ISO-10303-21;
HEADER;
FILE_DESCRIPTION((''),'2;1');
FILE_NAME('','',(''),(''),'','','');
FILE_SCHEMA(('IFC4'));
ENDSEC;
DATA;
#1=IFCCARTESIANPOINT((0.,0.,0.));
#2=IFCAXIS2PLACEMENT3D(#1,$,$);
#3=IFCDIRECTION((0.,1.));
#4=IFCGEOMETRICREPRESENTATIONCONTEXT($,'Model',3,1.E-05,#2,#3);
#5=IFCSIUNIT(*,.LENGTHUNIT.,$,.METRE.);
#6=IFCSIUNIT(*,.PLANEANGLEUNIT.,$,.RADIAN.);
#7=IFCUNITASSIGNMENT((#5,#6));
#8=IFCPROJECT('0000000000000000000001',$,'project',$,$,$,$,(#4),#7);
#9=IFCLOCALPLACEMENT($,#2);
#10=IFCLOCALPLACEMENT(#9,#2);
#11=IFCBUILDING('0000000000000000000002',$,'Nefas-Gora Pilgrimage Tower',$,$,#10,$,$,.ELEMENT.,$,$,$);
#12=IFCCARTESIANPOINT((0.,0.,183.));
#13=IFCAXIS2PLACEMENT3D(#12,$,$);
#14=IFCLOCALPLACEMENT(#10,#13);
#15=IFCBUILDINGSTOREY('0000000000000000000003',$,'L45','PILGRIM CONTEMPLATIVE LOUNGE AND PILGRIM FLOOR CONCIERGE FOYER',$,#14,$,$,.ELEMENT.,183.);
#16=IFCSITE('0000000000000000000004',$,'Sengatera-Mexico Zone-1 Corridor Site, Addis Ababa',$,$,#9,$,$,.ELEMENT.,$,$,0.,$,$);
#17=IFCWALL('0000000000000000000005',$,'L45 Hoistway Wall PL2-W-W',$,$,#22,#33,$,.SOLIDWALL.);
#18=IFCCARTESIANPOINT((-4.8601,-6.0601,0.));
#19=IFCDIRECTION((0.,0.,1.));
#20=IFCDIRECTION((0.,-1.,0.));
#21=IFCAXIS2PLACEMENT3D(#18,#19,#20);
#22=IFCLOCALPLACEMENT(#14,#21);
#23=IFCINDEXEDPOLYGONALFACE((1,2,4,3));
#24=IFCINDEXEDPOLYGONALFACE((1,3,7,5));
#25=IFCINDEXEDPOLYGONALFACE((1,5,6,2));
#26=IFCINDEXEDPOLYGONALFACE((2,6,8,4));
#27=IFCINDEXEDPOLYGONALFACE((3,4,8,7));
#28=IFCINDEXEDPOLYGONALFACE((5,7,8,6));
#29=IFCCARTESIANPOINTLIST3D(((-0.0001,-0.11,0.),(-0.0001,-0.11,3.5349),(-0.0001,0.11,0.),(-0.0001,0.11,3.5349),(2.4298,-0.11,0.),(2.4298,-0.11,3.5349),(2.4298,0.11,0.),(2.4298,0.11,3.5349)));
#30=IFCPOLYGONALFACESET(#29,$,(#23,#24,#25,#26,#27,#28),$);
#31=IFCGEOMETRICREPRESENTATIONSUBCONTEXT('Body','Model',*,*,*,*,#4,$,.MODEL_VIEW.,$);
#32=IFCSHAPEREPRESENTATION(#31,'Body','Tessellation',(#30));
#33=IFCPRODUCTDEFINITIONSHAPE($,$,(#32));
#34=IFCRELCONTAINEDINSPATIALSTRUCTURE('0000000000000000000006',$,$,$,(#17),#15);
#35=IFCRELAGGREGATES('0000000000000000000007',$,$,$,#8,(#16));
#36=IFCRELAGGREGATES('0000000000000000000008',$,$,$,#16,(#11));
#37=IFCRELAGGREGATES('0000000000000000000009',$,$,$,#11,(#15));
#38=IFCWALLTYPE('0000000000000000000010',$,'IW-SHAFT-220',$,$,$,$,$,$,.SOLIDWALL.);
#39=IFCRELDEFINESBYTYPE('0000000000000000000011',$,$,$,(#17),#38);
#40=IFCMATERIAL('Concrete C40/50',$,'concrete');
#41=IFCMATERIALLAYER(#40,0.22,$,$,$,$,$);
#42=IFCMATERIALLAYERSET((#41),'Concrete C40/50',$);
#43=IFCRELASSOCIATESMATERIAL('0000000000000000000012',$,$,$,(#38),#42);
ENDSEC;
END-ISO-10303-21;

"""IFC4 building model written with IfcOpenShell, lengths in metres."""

from ifc_helpers import new_model, si_unit, direction, frame, frame_2d, origin, place, context, subcontext, project, spatial, rectangle, extrude, source, transform, mapped, material, layer, layer_set, type_object, element, save


model = new_model("IFC4")

# Units and contexts
model_context = context("Model", 3, precision=1e-05, world=origin(), true_north=direction((0.0, 1.0)))
body_context = subcontext(model_context, "Body", "Model", "MODEL_VIEW")
ifc_project = project(units=[si_unit("LENGTHUNIT", "METRE"), si_unit("PLANEANGLEUNIT", "RADIAN")], contexts=[model_context])

# Site, building, storey
site_placement = place(None, origin())
site = spatial("IfcSite", under=ifc_project, at=site_placement, Name="Sengatera-Mexico Zone-1 Corridor Site, Addis Ababa", CompositionType="ELEMENT", RefElevation=0.0)
building_placement = place(site_placement, origin())
building = spatial("IfcBuilding", under=site, at=building_placement, Name="Nefas-Gora Pilgrimage Tower", CompositionType="ELEMENT")
storey_placement = place(building_placement, frame((0.0, 0.0, 183.0)))
storey = spatial("IfcBuildingStorey", under=building, at=storey_placement, Name="L45", Description="PILGRIM CONTEMPLATIVE LOUNGE AND PILGRIM FLOOR CONCIERGE FOYER", CompositionType="ELEMENT", Elevation=183.0)

# Wall
ifc_material_1 = material(Name="Concrete C40/50", Category="concrete")
ifc_layer_1 = layer(ifc_material_1, 0.22)
ifc_layer_set_1 = layer_set([ifc_layer_1], Name="Concrete C40/50")
wall_type_1 = type_object("IfcWallType", Name="IW-SHAFT-220", PredefinedType="SOLIDWALL", material=ifc_layer_set_1)
shared_shape_1 = source(origin(), body_context, "Body", "SweptSolid", [
    extrude(rectangle(XDim=2.4299, YDim=0.22, at=frame_2d((1.2148, 0.0))), origin(), (0.0, 0.0, 1.0), 3.5349),
])
wall_1_placement = place(storey_placement, frame((-4.8601, -6.0601, 0.0), z_axis=(0.0, 0.0, 1.0), x_axis=(0.0, -1.0, 0.0)))
element("IfcWall", 1, at=wall_1_placement, inside=storey, type_object=wall_type_1, Name="L45 Hoistway Wall PL2-W-W", PredefinedType="SOLIDWALL", context=body_context, shape_type="MappedRepresentation", body=[
    mapped(shared_shape_1, transform((0.0, 0.0, 0.0), x_axis=(1.0, 0.0, 0.0), y_axis=(0.0, 1.0, 0.0), z_axis=(0.0, 0.0, 1.0), scale=1.0)),
])

save(model, "model.ifc")
